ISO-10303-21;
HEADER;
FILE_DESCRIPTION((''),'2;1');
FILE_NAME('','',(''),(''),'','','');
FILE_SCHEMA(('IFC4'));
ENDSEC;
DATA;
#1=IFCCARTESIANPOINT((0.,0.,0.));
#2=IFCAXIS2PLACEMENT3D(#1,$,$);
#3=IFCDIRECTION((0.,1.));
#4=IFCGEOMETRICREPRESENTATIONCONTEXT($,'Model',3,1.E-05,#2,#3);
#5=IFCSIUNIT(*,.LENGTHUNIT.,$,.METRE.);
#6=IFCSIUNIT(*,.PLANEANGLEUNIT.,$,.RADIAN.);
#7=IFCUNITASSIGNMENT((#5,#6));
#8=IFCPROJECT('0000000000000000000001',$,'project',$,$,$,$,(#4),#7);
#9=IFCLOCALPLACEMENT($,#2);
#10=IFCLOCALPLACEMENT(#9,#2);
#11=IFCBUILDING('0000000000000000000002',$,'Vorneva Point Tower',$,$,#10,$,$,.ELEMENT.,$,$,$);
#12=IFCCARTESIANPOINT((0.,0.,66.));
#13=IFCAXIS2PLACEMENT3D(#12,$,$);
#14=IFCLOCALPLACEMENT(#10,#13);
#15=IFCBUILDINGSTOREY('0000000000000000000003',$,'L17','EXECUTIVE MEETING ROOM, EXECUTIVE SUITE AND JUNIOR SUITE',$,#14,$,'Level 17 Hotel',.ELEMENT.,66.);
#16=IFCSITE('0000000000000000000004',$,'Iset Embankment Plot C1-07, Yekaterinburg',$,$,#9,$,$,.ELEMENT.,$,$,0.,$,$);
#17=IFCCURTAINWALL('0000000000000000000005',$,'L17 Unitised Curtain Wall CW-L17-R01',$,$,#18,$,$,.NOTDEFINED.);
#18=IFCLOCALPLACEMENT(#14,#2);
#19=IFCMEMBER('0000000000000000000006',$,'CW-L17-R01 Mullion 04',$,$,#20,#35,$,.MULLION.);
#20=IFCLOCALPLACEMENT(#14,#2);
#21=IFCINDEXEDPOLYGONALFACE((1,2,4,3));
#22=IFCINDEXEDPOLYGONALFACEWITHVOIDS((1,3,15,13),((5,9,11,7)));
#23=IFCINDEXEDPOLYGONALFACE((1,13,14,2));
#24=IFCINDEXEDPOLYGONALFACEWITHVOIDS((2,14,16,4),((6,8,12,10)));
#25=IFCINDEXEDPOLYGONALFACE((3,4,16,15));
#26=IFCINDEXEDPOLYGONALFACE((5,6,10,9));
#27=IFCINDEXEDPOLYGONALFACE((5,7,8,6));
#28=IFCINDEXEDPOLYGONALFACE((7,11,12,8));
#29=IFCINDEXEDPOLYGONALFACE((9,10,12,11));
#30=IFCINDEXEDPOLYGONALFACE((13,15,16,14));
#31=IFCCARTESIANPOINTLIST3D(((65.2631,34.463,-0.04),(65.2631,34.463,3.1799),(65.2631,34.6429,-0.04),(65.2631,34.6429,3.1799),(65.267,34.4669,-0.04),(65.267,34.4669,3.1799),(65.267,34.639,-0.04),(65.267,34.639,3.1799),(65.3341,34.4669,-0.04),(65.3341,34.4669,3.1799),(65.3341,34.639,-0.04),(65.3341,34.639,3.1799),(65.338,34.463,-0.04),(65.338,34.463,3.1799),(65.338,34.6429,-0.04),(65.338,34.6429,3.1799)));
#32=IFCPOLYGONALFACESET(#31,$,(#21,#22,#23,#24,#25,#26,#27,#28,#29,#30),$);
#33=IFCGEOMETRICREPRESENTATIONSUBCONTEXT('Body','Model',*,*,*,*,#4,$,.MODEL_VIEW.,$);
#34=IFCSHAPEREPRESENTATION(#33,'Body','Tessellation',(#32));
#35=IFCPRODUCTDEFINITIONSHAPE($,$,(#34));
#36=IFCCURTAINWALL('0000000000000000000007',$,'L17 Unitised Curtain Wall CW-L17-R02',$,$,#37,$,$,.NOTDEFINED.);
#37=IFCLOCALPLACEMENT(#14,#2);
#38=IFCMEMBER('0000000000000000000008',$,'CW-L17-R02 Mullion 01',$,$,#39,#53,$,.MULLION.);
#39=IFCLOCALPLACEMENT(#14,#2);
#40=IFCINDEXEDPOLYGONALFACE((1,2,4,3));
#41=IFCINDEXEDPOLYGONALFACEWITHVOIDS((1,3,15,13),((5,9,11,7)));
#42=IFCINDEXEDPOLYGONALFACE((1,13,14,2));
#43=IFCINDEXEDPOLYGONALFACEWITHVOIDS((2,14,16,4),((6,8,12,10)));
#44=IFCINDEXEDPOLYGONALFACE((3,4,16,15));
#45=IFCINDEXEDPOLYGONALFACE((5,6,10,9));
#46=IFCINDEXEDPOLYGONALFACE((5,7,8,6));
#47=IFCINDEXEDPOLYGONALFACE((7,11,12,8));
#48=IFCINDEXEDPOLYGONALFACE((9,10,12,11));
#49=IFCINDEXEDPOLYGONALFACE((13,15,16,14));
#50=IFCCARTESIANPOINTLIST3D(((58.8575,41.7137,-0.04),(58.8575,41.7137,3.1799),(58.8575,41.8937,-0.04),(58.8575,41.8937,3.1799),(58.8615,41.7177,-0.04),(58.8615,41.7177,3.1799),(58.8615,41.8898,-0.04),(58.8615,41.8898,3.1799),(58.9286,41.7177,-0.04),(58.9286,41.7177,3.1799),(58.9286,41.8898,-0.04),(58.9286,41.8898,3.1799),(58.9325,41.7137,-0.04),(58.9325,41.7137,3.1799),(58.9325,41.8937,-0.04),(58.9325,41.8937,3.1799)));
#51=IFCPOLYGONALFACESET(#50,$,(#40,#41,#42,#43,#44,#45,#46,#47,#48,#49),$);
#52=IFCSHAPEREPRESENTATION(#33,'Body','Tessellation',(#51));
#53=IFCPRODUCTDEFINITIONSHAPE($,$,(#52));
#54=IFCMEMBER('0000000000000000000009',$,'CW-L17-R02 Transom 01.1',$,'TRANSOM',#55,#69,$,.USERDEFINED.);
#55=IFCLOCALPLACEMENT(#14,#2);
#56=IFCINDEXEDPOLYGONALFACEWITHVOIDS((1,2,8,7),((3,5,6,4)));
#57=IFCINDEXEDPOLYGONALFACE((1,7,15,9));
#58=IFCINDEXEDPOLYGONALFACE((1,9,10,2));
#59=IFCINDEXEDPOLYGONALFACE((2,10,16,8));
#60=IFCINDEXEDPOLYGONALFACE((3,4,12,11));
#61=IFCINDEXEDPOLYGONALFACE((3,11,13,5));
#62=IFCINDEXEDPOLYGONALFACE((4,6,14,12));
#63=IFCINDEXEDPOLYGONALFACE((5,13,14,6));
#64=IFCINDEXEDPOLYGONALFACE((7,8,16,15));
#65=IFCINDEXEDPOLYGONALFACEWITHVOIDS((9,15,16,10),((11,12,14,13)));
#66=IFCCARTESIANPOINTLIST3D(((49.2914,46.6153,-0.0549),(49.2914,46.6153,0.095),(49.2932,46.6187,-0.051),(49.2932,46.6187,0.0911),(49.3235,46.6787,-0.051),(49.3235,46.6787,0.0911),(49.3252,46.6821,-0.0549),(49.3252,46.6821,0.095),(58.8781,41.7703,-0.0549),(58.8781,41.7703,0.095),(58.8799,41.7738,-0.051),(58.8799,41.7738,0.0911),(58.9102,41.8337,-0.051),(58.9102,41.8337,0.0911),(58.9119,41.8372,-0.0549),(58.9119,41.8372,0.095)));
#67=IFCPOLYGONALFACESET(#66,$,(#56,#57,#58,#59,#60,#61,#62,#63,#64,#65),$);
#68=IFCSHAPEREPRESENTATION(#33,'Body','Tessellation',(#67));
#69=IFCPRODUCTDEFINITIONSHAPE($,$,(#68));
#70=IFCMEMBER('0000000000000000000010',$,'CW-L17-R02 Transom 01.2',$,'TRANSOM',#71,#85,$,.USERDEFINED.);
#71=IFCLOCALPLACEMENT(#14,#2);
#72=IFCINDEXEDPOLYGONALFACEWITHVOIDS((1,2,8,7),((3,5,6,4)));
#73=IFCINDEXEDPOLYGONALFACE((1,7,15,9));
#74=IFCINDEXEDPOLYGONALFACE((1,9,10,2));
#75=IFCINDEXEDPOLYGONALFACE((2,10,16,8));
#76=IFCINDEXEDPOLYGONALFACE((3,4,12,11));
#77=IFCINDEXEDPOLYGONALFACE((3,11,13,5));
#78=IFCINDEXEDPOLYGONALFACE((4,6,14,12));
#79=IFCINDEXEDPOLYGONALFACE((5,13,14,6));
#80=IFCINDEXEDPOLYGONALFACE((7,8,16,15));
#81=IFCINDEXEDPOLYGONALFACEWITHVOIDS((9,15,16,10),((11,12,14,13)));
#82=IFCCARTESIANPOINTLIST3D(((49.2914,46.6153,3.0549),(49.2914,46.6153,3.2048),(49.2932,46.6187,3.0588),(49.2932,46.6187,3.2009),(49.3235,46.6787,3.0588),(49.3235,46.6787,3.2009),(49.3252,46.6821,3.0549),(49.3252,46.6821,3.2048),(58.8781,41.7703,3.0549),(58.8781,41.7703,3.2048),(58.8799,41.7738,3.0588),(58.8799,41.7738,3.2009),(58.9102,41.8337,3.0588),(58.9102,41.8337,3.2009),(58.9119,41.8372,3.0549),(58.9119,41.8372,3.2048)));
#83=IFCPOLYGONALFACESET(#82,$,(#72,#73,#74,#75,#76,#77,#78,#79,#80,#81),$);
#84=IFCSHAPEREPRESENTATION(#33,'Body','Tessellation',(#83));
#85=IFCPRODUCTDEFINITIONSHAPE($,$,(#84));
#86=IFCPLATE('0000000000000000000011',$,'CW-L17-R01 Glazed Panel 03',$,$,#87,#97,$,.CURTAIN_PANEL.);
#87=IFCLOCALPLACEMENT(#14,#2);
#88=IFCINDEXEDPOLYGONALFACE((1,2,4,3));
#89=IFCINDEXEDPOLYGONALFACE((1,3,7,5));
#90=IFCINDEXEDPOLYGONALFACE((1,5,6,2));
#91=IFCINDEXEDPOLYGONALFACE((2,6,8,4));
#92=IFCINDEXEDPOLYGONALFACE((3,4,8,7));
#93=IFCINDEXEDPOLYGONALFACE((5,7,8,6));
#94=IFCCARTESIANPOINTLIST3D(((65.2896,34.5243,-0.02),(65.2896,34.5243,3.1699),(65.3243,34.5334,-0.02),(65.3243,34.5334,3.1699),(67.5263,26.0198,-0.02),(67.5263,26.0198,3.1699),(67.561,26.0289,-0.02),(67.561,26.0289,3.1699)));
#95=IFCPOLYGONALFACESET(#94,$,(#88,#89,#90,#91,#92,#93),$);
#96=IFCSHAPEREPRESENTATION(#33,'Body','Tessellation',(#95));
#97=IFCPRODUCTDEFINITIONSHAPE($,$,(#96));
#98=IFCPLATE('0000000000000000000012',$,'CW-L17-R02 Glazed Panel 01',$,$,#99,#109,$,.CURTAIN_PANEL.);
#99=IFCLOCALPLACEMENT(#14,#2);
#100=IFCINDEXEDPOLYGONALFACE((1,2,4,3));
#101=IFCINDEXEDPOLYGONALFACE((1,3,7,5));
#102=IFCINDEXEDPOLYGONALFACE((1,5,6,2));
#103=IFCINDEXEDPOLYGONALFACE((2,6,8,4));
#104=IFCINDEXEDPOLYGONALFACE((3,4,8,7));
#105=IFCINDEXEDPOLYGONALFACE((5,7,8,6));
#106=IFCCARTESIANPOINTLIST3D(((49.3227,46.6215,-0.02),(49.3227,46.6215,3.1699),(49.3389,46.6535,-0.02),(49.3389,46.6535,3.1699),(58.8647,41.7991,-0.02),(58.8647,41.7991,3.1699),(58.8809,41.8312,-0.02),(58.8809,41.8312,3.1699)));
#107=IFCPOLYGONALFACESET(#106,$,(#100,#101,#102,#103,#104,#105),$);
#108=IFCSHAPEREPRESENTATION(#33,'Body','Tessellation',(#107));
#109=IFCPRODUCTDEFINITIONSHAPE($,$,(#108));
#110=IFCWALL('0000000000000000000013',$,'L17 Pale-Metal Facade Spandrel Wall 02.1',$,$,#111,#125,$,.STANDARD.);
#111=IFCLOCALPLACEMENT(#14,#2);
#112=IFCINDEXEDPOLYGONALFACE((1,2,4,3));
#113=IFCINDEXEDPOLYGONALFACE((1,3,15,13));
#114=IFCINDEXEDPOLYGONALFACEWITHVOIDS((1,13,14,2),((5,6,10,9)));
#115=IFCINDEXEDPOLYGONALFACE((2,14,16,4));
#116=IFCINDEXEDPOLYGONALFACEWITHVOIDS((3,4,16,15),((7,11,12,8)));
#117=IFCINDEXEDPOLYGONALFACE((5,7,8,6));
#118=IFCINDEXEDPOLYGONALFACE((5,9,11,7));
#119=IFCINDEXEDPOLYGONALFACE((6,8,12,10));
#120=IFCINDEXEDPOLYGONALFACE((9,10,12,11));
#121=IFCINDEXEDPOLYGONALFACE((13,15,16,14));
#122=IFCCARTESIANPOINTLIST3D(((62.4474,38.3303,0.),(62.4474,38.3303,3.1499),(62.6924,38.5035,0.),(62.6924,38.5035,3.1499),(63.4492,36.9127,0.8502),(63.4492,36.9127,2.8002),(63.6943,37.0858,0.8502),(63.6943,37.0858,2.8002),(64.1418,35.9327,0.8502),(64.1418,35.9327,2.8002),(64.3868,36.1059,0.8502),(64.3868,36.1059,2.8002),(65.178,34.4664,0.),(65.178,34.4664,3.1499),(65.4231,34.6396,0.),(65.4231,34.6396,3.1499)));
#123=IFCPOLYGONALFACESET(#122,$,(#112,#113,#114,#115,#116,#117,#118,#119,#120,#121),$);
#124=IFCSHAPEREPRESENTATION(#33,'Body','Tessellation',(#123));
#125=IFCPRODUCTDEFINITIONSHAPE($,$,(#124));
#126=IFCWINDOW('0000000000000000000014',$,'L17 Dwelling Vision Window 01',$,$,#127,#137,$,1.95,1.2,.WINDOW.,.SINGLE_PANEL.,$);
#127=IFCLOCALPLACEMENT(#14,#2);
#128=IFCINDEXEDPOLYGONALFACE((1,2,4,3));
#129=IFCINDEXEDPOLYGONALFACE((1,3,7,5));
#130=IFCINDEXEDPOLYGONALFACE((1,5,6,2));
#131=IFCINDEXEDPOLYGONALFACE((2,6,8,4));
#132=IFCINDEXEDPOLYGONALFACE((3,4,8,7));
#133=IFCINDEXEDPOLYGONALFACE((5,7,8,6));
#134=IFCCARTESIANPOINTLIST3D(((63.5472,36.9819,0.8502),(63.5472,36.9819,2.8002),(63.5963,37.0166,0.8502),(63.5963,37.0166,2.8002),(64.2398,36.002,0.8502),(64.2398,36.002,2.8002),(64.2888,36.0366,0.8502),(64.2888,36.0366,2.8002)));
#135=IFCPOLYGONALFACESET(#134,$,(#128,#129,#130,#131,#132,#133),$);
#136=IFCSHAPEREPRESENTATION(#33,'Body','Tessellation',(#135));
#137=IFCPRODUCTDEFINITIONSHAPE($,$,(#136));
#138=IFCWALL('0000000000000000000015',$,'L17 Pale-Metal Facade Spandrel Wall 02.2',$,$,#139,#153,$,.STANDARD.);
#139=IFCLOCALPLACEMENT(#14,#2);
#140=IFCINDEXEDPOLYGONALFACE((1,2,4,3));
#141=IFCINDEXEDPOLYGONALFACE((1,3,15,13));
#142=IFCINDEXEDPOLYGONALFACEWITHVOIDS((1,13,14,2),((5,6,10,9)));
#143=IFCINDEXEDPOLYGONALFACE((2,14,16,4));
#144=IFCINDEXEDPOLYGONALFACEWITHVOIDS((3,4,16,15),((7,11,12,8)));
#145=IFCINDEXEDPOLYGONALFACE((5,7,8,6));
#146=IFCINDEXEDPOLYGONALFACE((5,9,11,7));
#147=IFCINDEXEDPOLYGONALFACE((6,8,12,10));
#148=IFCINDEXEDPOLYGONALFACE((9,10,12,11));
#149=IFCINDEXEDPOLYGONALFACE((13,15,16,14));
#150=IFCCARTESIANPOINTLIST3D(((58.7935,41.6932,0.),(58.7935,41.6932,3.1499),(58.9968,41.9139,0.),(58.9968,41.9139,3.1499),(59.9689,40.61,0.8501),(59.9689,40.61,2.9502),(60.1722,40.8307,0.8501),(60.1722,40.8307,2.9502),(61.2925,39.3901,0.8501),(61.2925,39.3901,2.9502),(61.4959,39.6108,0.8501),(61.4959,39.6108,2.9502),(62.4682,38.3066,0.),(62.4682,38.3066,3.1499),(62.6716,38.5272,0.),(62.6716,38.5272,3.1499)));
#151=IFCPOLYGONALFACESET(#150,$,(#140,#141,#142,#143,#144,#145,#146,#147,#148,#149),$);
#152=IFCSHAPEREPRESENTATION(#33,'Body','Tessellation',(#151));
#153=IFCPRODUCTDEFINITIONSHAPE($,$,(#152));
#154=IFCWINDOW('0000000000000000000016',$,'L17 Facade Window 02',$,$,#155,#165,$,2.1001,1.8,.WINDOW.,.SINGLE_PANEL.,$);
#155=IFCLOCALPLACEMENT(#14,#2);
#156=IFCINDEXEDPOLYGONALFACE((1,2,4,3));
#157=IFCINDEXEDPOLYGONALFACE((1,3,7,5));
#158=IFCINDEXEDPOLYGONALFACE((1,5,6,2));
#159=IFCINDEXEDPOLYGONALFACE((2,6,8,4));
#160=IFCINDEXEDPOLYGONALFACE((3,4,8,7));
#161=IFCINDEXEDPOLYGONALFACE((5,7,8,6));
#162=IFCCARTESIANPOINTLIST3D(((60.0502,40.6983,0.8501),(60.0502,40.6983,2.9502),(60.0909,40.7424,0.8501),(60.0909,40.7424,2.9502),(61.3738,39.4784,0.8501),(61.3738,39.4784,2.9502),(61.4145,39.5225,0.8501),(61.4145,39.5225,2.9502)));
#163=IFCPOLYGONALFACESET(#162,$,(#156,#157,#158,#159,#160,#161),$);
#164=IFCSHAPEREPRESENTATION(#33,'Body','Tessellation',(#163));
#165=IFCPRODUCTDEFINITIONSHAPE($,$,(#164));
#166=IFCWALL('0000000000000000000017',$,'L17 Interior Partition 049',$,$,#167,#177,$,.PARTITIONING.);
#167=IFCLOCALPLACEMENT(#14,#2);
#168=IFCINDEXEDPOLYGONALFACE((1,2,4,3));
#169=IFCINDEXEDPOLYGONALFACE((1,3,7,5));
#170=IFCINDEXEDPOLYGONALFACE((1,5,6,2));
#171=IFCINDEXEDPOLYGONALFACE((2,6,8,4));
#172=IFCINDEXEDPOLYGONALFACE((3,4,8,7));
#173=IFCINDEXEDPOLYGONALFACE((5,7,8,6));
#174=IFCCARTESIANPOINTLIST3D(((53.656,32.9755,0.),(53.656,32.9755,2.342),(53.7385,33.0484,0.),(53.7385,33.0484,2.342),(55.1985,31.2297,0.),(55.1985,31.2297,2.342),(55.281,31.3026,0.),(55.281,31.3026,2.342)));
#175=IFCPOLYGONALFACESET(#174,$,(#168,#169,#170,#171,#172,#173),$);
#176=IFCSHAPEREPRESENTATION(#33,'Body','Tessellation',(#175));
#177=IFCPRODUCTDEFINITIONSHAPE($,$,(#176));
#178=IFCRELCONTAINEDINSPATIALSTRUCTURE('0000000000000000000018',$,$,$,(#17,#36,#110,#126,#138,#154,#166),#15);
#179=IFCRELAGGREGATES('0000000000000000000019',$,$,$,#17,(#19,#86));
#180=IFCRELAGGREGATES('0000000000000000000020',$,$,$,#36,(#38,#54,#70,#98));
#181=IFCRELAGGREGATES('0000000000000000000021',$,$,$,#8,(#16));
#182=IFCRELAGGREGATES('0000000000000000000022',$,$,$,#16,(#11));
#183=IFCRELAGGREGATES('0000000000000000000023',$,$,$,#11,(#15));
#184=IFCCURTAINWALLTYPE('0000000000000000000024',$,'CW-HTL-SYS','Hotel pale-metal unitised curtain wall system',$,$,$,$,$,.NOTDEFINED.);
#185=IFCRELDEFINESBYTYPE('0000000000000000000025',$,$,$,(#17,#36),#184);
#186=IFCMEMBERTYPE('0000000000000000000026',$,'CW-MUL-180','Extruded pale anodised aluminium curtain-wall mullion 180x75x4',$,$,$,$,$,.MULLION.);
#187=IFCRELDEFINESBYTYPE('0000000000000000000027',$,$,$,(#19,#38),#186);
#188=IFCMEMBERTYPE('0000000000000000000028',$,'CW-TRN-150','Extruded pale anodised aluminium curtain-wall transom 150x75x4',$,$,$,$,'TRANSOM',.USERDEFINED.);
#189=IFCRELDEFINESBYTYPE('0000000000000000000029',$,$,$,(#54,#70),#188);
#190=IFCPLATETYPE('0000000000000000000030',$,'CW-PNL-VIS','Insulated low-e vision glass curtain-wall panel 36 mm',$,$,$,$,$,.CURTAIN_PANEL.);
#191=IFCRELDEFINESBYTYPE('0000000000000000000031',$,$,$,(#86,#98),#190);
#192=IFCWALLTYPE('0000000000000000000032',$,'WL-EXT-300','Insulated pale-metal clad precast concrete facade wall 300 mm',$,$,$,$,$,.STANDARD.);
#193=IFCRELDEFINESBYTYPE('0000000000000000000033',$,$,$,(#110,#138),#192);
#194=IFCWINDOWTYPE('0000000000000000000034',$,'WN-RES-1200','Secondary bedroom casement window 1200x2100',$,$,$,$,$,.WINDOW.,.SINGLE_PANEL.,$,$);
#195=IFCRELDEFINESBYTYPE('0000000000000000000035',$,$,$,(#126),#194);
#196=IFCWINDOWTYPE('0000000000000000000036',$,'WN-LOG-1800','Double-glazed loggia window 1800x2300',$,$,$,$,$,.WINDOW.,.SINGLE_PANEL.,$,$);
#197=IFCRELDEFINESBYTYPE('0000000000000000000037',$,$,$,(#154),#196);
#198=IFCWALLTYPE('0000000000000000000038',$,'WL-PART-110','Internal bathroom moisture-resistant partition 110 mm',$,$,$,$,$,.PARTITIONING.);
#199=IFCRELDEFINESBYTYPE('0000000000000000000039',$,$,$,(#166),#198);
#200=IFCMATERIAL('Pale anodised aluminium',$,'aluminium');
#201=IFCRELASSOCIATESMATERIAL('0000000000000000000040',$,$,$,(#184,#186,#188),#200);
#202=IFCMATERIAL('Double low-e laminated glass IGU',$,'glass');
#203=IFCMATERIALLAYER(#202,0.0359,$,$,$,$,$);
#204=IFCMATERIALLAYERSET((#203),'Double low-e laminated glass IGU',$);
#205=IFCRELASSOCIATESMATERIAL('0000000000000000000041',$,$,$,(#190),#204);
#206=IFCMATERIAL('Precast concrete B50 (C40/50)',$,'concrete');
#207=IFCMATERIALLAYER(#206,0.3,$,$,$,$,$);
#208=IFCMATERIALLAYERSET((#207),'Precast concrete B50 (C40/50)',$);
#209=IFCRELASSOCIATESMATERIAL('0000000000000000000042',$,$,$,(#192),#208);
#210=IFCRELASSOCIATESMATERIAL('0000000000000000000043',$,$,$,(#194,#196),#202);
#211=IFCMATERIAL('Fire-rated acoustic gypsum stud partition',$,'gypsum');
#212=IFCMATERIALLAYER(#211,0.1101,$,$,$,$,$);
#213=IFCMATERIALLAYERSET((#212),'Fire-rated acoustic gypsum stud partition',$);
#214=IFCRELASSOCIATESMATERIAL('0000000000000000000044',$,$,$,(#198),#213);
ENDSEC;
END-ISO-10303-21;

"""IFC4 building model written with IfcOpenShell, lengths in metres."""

from ifc_helpers import new_model, si_unit, direction, frame, frame_2d, origin, origin_2d, place, context, subcontext, project, spatial, rectangle, hollow_rectangle, extrude, material, layer, layer_set, material_profile, profile_set, type_object, element, fill, aggregate, save


model = new_model("IFC4")

# Units and contexts
model_context = context("Model", 3, precision=1e-05, world=origin(), true_north=direction((0.0, 1.0)))
body_context = subcontext(model_context, "Body", "Model", "MODEL_VIEW")
ifc_project = project(units=[si_unit("LENGTHUNIT", "METRE"), si_unit("PLANEANGLEUNIT", "RADIAN")], contexts=[model_context])

# Site, building, storey
site_placement = place(None, origin())
site = spatial("IfcSite", under=ifc_project, at=site_placement, Name="Iset Embankment Plot C1-07, Yekaterinburg", CompositionType="ELEMENT", RefElevation=0.0)
building_placement = place(site_placement, origin())
building = spatial("IfcBuilding", under=site, at=building_placement, Name="Vorneva Point Tower", CompositionType="ELEMENT")
storey_placement = place(building_placement, frame((0.0, 0.0, 66.0)))
storey = spatial("IfcBuildingStorey", under=building, at=storey_placement, Name="L17", Description="EXECUTIVE MEETING ROOM, EXECUTIVE SUITE AND JUNIOR SUITE", LongName="Level 17 Hotel", CompositionType="ELEMENT", Elevation=66.0)

# Curtain wall, member
ifc_material_1 = material(Name="Pale anodised aluminium", Category="aluminium")
curtain_wall_type = type_object("IfcCurtainWallType", Name="CW-HTL-SYS", Description="Hotel pale-metal unitised curtain wall system", PredefinedType="NOTDEFINED", material=ifc_material_1)
curtain_wall_1_placement = place(storey_placement, origin())
curtain_wall_1 = element("IfcCurtainWall", 1, at=curtain_wall_1_placement, inside=storey, type_object=curtain_wall_type, Name="L17 Unitised Curtain Wall CW-L17-R01", PredefinedType="NOTDEFINED")
ifc_material_profile_1 = material_profile(ifc_material_1, hollow_rectangle(XDim=0.075, YDim=0.1799, WallThickness=0.0039, at=origin_2d()), Name="AL-MUL 180x75x4")
ifc_profile_set_1 = profile_set([ifc_material_profile_1], Name="Pale anodised aluminium")
member_type_1 = type_object("IfcMemberType", Name="CW-MUL-180", Description="Extruded pale anodised aluminium curtain-wall mullion 180x75x4", PredefinedType="MULLION", material=ifc_profile_set_1)
member_1_placement = place(storey_placement, frame((65.3005, 34.553, -0.04), z_axis=(0.0, 0.0, 1.0), x_axis=(1.0, 0.0, 0.0)))
member_1 = element("IfcMember", 2, at=member_1_placement, type_object=member_type_1, Name="CW-L17-R01 Mullion 04", PredefinedType="MULLION", context=body_context, shape_type="SweptSolid", body=[
    extrude(hollow_rectangle(XDim=0.075, YDim=0.1799, WallThickness=0.0039, at=origin_2d()), origin(), (0.0, 0.0, 1.0), 3.22),
])

# Curtain wall, members
curtain_wall_2_placement = place(storey_placement, origin())
curtain_wall_2 = element("IfcCurtainWall", 3, at=curtain_wall_2_placement, inside=storey, type_object=curtain_wall_type, Name="L17 Unitised Curtain Wall CW-L17-R02", PredefinedType="NOTDEFINED")
member_2_placement = place(storey_placement, frame((58.895, 41.8037, -0.04), z_axis=(0.0, 0.0, 1.0), x_axis=(1.0, 0.0, 0.0)))
member_2 = element("IfcMember", 4, at=member_2_placement, type_object=member_type_1, Name="CW-L17-R02 Mullion 01", PredefinedType="MULLION", context=body_context, shape_type="SweptSolid", body=[
    extrude(hollow_rectangle(XDim=0.075, YDim=0.1799, WallThickness=0.0039, at=origin_2d()), origin(), (0.0, 0.0, 1.0), 3.22),
])
ifc_material_profile_2 = material_profile(ifc_material_1, hollow_rectangle(XDim=0.075, YDim=0.1499, WallThickness=0.0039, at=origin_2d()), Name="AL-TRN 150x75x4")
ifc_profile_set_2 = profile_set([ifc_material_profile_2], Name="Pale anodised aluminium")
member_type_2 = type_object("IfcMemberType", Name="CW-TRN-150", Description="Extruded pale anodised aluminium curtain-wall transom 150x75x4", ElementType="TRANSOM", PredefinedType="USERDEFINED", material=ifc_profile_set_2)
member_3_placement = place(storey_placement, frame((58.895, 41.8037, 0.02), z_axis=(-0.892496, 0.451055, 0.0), x_axis=(-0.451055, -0.892496, 0.0)))
member_3 = element("IfcMember", 5, at=member_3_placement, type_object=member_type_2, Name="CW-L17-R02 Transom 01.1", ObjectType="TRANSOM", PredefinedType="USERDEFINED", context=body_context, shape_type="SweptSolid", body=[
    extrude(hollow_rectangle(XDim=0.075, YDim=0.1499, WallThickness=0.0039, at=origin_2d()), origin(), (0.0, 0.0, 1.0), 10.7415),
])
member_4_placement = place(storey_placement, frame((58.895, 41.8037, 3.1299), z_axis=(-0.892496, 0.451055, 0.0), x_axis=(-0.451055, -0.892496, 0.0)))
member_4 = element("IfcMember", 6, at=member_4_placement, type_object=member_type_2, Name="CW-L17-R02 Transom 01.2", ObjectType="TRANSOM", PredefinedType="USERDEFINED", context=body_context, shape_type="SweptSolid", body=[
    extrude(hollow_rectangle(XDim=0.075, YDim=0.1499, WallThickness=0.0039, at=origin_2d()), origin(), (0.0, 0.0, 1.0), 10.7415),
])

# Plates
ifc_material_2 = material(Name="Double low-e laminated glass IGU", Category="glass")
ifc_layer_1 = layer(ifc_material_2, 0.0359)
ifc_layer_set_1 = layer_set([ifc_layer_1], Name="Double low-e laminated glass IGU")
plate_type = type_object("IfcPlateType", Name="CW-PNL-VIS", Description="Insulated low-e vision glass curtain-wall panel 36 mm", PredefinedType="CURTAIN_PANEL", material=ifc_layer_set_1)
plate_1_placement = place(storey_placement, frame((66.4253, 30.2766, -0.02), z_axis=(0.0, 0.0, 1.0), x_axis=(-0.254349, 0.967113, 0.0)))
plate_1 = element("IfcPlate", 7, at=plate_1_placement, type_object=plate_type, Name="CW-L17-R01 Glazed Panel 03", PredefinedType="CURTAIN_PANEL", context=body_context, shape_type="SweptSolid", body=[
    extrude(rectangle(XDim=8.7937, YDim=0.0359, at=origin_2d()), origin(), (0.0, 0.0, 1.0), 3.1899),
])
aggregate(curtain_wall_1, [member_1, plate_1])
plate_2_placement = place(storey_placement, frame((54.1018, 44.2263, -0.02), z_axis=(0.0, 0.0, 1.0), x_axis=(-0.892499, 0.451049, 0.0)))
plate_2 = element("IfcPlate", 8, at=plate_2_placement, type_object=plate_type, Name="CW-L17-R02 Glazed Panel 01", PredefinedType="CURTAIN_PANEL", context=body_context, shape_type="SweptSolid", body=[
    extrude(rectangle(XDim=10.6914, YDim=0.0359, at=origin_2d()), origin(), (0.0, 0.0, 1.0), 3.1899),
])
aggregate(curtain_wall_2, [member_2, member_3, member_4, plate_2])

# Walls, openings, windows
ifc_material_3 = material(Name="Precast concrete B50 (C40/50)", Category="concrete")
ifc_layer_2 = layer(ifc_material_3, 0.3)
ifc_layer_set_2 = layer_set([ifc_layer_2], Name="Precast concrete B50 (C40/50)")
wall_type_1 = type_object("IfcWallType", Name="WL-EXT-300", Description="Insulated pale-metal clad precast concrete facade wall 300 mm", PredefinedType="STANDARD", material=ifc_layer_set_2)
wall_1_placement = place(storey_placement, frame((65.3005, 34.553, 0.0), z_axis=(0.0, 0.0, 1.0), x_axis=(-0.577131, 0.816652, 0.0)))
wall_1 = element("IfcWall", 9, at=wall_1_placement, inside=storey, type_object=wall_type_1, Name="L17 Pale-Metal Facade Spandrel Wall 02.1", PredefinedType="STANDARD", context=body_context, shape_type="SweptSolid", body=[
    extrude(rectangle(XDim=4.7314, YDim=0.3, at=frame_2d((2.3657, 0.0))), origin(), (0.0, 0.0, 1.0), 3.1499),
])
opening_1_placement = place(wall_1_placement, frame((1.7954, 0.0, 0.8501)))
opening_1 = element("IfcOpeningElement", 10, at=opening_1_placement, cuts=wall_1, PredefinedType="OPENING", context=body_context, shape_type="SweptSolid", body=[
    extrude(rectangle(XDim=1.2, YDim=1.95, at=frame_2d((0.6001, 0.9751))), frame((0.0, 0.165, 0.0), z_axis=(0.0, -1.0, 0.0), x_axis=(1.0, 0.0, 0.0)), (0.0, 0.0, 1.0), 0.3298),
])
window_type_1 = type_object("IfcWindowType", Name="WN-RES-1200", Description="Secondary bedroom casement window 1200x2100", PartitioningType="SINGLE_PANEL", PredefinedType="WINDOW", material=ifc_material_2)
window_1_placement = place(opening_1_placement, origin())
window_1 = element("IfcWindow", 11, at=window_1_placement, inside=storey, type_object=window_type_1, Name="L17 Dwelling Vision Window 01", OverallHeight=1.95, OverallWidth=1.2, PartitioningType="SINGLE_PANEL", PredefinedType="WINDOW", context=body_context, shape_type="SweptSolid", body=[
    extrude(rectangle(XDim=1.2, YDim=1.95, at=frame_2d((0.6001, 0.9751))), frame((0.0, 0.03, 0.0), z_axis=(0.0, -1.0, 0.0), x_axis=(1.0, 0.0, 0.0)), (0.0, 0.0, 1.0), 0.0601),
])
fill(opening_1, window_1)
wall_2_placement = place(storey_placement, frame((62.5698, 38.417, 0.0), z_axis=(0.0, 0.0, 1.0), x_axis=(-0.735343, 0.677696, 0.0)))
wall_2 = element("IfcWall", 12, at=wall_2_placement, inside=storey, type_object=wall_type_1, Name="L17 Pale-Metal Facade Spandrel Wall 02.2", PredefinedType="STANDARD", context=body_context, shape_type="SweptSolid", body=[
    extrude(rectangle(XDim=4.9973, YDim=0.3, at=frame_2d((2.4985, 0.0))), origin(), (0.0, 0.0, 1.0), 3.1499),
])
opening_2_placement = place(wall_2_placement, frame((1.5989, 0.0, 0.8501)))
opening_2 = element("IfcOpeningElement", 13, at=opening_2_placement, cuts=wall_2, PredefinedType="OPENING", context=body_context, shape_type="SweptSolid", body=[
    extrude(rectangle(XDim=1.8, YDim=2.1001, at=frame_2d((0.8999, 1.05))), frame((0.0, 0.165, 0.0), z_axis=(0.0, -1.0, 0.0), x_axis=(1.0, 0.0, 0.0)), (0.0, 0.0, 1.0), 0.3298),
])
window_type_2 = type_object("IfcWindowType", Name="WN-LOG-1800", Description="Double-glazed loggia window 1800x2300", PartitioningType="SINGLE_PANEL", PredefinedType="WINDOW", material=ifc_material_2)
window_2_placement = place(opening_2_placement, origin())
window_2 = element("IfcWindow", 14, at=window_2_placement, inside=storey, type_object=window_type_2, Name="L17 Facade Window 02", OverallHeight=2.1001, OverallWidth=1.8, PartitioningType="SINGLE_PANEL", PredefinedType="WINDOW", context=body_context, shape_type="SweptSolid", body=[
    extrude(rectangle(XDim=1.8, YDim=2.1001, at=frame_2d((0.8999, 1.05))), frame((0.0, 0.03, 0.0), z_axis=(0.0, -1.0, 0.0), x_axis=(1.0, 0.0, 0.0)), (0.0, 0.0, 1.0), 0.0601),
])
fill(opening_2, window_2)

# Wall
ifc_material_4 = material(Name="Fire-rated acoustic gypsum stud partition", Category="gypsum")
ifc_layer_3 = layer(ifc_material_4, 0.1101)
ifc_layer_set_3 = layer_set([ifc_layer_3], Name="Fire-rated acoustic gypsum stud partition")
wall_type_2 = type_object("IfcWallType", Name="WL-PART-110", Description="Internal bathroom moisture-resistant partition 110 mm", PredefinedType="PARTITIONING", material=ifc_layer_set_3)
wall_3_placement = place(storey_placement, frame((53.6973, 33.012, 0.0), z_axis=(0.0, 0.0, 1.0), x_axis=(0.66211, -0.749406, 0.0)))
element("IfcWall", 15, at=wall_3_placement, inside=storey, type_object=wall_type_2, Name="L17 Interior Partition 049", PredefinedType="PARTITIONING", context=body_context, shape_type="SweptSolid", body=[
    extrude(rectangle(XDim=2.3296, YDim=0.1101, at=frame_2d((1.1648, 0.0))), origin(), (0.0, 0.0, 1.0), 2.342),
])

save(model, "model.ifc")
